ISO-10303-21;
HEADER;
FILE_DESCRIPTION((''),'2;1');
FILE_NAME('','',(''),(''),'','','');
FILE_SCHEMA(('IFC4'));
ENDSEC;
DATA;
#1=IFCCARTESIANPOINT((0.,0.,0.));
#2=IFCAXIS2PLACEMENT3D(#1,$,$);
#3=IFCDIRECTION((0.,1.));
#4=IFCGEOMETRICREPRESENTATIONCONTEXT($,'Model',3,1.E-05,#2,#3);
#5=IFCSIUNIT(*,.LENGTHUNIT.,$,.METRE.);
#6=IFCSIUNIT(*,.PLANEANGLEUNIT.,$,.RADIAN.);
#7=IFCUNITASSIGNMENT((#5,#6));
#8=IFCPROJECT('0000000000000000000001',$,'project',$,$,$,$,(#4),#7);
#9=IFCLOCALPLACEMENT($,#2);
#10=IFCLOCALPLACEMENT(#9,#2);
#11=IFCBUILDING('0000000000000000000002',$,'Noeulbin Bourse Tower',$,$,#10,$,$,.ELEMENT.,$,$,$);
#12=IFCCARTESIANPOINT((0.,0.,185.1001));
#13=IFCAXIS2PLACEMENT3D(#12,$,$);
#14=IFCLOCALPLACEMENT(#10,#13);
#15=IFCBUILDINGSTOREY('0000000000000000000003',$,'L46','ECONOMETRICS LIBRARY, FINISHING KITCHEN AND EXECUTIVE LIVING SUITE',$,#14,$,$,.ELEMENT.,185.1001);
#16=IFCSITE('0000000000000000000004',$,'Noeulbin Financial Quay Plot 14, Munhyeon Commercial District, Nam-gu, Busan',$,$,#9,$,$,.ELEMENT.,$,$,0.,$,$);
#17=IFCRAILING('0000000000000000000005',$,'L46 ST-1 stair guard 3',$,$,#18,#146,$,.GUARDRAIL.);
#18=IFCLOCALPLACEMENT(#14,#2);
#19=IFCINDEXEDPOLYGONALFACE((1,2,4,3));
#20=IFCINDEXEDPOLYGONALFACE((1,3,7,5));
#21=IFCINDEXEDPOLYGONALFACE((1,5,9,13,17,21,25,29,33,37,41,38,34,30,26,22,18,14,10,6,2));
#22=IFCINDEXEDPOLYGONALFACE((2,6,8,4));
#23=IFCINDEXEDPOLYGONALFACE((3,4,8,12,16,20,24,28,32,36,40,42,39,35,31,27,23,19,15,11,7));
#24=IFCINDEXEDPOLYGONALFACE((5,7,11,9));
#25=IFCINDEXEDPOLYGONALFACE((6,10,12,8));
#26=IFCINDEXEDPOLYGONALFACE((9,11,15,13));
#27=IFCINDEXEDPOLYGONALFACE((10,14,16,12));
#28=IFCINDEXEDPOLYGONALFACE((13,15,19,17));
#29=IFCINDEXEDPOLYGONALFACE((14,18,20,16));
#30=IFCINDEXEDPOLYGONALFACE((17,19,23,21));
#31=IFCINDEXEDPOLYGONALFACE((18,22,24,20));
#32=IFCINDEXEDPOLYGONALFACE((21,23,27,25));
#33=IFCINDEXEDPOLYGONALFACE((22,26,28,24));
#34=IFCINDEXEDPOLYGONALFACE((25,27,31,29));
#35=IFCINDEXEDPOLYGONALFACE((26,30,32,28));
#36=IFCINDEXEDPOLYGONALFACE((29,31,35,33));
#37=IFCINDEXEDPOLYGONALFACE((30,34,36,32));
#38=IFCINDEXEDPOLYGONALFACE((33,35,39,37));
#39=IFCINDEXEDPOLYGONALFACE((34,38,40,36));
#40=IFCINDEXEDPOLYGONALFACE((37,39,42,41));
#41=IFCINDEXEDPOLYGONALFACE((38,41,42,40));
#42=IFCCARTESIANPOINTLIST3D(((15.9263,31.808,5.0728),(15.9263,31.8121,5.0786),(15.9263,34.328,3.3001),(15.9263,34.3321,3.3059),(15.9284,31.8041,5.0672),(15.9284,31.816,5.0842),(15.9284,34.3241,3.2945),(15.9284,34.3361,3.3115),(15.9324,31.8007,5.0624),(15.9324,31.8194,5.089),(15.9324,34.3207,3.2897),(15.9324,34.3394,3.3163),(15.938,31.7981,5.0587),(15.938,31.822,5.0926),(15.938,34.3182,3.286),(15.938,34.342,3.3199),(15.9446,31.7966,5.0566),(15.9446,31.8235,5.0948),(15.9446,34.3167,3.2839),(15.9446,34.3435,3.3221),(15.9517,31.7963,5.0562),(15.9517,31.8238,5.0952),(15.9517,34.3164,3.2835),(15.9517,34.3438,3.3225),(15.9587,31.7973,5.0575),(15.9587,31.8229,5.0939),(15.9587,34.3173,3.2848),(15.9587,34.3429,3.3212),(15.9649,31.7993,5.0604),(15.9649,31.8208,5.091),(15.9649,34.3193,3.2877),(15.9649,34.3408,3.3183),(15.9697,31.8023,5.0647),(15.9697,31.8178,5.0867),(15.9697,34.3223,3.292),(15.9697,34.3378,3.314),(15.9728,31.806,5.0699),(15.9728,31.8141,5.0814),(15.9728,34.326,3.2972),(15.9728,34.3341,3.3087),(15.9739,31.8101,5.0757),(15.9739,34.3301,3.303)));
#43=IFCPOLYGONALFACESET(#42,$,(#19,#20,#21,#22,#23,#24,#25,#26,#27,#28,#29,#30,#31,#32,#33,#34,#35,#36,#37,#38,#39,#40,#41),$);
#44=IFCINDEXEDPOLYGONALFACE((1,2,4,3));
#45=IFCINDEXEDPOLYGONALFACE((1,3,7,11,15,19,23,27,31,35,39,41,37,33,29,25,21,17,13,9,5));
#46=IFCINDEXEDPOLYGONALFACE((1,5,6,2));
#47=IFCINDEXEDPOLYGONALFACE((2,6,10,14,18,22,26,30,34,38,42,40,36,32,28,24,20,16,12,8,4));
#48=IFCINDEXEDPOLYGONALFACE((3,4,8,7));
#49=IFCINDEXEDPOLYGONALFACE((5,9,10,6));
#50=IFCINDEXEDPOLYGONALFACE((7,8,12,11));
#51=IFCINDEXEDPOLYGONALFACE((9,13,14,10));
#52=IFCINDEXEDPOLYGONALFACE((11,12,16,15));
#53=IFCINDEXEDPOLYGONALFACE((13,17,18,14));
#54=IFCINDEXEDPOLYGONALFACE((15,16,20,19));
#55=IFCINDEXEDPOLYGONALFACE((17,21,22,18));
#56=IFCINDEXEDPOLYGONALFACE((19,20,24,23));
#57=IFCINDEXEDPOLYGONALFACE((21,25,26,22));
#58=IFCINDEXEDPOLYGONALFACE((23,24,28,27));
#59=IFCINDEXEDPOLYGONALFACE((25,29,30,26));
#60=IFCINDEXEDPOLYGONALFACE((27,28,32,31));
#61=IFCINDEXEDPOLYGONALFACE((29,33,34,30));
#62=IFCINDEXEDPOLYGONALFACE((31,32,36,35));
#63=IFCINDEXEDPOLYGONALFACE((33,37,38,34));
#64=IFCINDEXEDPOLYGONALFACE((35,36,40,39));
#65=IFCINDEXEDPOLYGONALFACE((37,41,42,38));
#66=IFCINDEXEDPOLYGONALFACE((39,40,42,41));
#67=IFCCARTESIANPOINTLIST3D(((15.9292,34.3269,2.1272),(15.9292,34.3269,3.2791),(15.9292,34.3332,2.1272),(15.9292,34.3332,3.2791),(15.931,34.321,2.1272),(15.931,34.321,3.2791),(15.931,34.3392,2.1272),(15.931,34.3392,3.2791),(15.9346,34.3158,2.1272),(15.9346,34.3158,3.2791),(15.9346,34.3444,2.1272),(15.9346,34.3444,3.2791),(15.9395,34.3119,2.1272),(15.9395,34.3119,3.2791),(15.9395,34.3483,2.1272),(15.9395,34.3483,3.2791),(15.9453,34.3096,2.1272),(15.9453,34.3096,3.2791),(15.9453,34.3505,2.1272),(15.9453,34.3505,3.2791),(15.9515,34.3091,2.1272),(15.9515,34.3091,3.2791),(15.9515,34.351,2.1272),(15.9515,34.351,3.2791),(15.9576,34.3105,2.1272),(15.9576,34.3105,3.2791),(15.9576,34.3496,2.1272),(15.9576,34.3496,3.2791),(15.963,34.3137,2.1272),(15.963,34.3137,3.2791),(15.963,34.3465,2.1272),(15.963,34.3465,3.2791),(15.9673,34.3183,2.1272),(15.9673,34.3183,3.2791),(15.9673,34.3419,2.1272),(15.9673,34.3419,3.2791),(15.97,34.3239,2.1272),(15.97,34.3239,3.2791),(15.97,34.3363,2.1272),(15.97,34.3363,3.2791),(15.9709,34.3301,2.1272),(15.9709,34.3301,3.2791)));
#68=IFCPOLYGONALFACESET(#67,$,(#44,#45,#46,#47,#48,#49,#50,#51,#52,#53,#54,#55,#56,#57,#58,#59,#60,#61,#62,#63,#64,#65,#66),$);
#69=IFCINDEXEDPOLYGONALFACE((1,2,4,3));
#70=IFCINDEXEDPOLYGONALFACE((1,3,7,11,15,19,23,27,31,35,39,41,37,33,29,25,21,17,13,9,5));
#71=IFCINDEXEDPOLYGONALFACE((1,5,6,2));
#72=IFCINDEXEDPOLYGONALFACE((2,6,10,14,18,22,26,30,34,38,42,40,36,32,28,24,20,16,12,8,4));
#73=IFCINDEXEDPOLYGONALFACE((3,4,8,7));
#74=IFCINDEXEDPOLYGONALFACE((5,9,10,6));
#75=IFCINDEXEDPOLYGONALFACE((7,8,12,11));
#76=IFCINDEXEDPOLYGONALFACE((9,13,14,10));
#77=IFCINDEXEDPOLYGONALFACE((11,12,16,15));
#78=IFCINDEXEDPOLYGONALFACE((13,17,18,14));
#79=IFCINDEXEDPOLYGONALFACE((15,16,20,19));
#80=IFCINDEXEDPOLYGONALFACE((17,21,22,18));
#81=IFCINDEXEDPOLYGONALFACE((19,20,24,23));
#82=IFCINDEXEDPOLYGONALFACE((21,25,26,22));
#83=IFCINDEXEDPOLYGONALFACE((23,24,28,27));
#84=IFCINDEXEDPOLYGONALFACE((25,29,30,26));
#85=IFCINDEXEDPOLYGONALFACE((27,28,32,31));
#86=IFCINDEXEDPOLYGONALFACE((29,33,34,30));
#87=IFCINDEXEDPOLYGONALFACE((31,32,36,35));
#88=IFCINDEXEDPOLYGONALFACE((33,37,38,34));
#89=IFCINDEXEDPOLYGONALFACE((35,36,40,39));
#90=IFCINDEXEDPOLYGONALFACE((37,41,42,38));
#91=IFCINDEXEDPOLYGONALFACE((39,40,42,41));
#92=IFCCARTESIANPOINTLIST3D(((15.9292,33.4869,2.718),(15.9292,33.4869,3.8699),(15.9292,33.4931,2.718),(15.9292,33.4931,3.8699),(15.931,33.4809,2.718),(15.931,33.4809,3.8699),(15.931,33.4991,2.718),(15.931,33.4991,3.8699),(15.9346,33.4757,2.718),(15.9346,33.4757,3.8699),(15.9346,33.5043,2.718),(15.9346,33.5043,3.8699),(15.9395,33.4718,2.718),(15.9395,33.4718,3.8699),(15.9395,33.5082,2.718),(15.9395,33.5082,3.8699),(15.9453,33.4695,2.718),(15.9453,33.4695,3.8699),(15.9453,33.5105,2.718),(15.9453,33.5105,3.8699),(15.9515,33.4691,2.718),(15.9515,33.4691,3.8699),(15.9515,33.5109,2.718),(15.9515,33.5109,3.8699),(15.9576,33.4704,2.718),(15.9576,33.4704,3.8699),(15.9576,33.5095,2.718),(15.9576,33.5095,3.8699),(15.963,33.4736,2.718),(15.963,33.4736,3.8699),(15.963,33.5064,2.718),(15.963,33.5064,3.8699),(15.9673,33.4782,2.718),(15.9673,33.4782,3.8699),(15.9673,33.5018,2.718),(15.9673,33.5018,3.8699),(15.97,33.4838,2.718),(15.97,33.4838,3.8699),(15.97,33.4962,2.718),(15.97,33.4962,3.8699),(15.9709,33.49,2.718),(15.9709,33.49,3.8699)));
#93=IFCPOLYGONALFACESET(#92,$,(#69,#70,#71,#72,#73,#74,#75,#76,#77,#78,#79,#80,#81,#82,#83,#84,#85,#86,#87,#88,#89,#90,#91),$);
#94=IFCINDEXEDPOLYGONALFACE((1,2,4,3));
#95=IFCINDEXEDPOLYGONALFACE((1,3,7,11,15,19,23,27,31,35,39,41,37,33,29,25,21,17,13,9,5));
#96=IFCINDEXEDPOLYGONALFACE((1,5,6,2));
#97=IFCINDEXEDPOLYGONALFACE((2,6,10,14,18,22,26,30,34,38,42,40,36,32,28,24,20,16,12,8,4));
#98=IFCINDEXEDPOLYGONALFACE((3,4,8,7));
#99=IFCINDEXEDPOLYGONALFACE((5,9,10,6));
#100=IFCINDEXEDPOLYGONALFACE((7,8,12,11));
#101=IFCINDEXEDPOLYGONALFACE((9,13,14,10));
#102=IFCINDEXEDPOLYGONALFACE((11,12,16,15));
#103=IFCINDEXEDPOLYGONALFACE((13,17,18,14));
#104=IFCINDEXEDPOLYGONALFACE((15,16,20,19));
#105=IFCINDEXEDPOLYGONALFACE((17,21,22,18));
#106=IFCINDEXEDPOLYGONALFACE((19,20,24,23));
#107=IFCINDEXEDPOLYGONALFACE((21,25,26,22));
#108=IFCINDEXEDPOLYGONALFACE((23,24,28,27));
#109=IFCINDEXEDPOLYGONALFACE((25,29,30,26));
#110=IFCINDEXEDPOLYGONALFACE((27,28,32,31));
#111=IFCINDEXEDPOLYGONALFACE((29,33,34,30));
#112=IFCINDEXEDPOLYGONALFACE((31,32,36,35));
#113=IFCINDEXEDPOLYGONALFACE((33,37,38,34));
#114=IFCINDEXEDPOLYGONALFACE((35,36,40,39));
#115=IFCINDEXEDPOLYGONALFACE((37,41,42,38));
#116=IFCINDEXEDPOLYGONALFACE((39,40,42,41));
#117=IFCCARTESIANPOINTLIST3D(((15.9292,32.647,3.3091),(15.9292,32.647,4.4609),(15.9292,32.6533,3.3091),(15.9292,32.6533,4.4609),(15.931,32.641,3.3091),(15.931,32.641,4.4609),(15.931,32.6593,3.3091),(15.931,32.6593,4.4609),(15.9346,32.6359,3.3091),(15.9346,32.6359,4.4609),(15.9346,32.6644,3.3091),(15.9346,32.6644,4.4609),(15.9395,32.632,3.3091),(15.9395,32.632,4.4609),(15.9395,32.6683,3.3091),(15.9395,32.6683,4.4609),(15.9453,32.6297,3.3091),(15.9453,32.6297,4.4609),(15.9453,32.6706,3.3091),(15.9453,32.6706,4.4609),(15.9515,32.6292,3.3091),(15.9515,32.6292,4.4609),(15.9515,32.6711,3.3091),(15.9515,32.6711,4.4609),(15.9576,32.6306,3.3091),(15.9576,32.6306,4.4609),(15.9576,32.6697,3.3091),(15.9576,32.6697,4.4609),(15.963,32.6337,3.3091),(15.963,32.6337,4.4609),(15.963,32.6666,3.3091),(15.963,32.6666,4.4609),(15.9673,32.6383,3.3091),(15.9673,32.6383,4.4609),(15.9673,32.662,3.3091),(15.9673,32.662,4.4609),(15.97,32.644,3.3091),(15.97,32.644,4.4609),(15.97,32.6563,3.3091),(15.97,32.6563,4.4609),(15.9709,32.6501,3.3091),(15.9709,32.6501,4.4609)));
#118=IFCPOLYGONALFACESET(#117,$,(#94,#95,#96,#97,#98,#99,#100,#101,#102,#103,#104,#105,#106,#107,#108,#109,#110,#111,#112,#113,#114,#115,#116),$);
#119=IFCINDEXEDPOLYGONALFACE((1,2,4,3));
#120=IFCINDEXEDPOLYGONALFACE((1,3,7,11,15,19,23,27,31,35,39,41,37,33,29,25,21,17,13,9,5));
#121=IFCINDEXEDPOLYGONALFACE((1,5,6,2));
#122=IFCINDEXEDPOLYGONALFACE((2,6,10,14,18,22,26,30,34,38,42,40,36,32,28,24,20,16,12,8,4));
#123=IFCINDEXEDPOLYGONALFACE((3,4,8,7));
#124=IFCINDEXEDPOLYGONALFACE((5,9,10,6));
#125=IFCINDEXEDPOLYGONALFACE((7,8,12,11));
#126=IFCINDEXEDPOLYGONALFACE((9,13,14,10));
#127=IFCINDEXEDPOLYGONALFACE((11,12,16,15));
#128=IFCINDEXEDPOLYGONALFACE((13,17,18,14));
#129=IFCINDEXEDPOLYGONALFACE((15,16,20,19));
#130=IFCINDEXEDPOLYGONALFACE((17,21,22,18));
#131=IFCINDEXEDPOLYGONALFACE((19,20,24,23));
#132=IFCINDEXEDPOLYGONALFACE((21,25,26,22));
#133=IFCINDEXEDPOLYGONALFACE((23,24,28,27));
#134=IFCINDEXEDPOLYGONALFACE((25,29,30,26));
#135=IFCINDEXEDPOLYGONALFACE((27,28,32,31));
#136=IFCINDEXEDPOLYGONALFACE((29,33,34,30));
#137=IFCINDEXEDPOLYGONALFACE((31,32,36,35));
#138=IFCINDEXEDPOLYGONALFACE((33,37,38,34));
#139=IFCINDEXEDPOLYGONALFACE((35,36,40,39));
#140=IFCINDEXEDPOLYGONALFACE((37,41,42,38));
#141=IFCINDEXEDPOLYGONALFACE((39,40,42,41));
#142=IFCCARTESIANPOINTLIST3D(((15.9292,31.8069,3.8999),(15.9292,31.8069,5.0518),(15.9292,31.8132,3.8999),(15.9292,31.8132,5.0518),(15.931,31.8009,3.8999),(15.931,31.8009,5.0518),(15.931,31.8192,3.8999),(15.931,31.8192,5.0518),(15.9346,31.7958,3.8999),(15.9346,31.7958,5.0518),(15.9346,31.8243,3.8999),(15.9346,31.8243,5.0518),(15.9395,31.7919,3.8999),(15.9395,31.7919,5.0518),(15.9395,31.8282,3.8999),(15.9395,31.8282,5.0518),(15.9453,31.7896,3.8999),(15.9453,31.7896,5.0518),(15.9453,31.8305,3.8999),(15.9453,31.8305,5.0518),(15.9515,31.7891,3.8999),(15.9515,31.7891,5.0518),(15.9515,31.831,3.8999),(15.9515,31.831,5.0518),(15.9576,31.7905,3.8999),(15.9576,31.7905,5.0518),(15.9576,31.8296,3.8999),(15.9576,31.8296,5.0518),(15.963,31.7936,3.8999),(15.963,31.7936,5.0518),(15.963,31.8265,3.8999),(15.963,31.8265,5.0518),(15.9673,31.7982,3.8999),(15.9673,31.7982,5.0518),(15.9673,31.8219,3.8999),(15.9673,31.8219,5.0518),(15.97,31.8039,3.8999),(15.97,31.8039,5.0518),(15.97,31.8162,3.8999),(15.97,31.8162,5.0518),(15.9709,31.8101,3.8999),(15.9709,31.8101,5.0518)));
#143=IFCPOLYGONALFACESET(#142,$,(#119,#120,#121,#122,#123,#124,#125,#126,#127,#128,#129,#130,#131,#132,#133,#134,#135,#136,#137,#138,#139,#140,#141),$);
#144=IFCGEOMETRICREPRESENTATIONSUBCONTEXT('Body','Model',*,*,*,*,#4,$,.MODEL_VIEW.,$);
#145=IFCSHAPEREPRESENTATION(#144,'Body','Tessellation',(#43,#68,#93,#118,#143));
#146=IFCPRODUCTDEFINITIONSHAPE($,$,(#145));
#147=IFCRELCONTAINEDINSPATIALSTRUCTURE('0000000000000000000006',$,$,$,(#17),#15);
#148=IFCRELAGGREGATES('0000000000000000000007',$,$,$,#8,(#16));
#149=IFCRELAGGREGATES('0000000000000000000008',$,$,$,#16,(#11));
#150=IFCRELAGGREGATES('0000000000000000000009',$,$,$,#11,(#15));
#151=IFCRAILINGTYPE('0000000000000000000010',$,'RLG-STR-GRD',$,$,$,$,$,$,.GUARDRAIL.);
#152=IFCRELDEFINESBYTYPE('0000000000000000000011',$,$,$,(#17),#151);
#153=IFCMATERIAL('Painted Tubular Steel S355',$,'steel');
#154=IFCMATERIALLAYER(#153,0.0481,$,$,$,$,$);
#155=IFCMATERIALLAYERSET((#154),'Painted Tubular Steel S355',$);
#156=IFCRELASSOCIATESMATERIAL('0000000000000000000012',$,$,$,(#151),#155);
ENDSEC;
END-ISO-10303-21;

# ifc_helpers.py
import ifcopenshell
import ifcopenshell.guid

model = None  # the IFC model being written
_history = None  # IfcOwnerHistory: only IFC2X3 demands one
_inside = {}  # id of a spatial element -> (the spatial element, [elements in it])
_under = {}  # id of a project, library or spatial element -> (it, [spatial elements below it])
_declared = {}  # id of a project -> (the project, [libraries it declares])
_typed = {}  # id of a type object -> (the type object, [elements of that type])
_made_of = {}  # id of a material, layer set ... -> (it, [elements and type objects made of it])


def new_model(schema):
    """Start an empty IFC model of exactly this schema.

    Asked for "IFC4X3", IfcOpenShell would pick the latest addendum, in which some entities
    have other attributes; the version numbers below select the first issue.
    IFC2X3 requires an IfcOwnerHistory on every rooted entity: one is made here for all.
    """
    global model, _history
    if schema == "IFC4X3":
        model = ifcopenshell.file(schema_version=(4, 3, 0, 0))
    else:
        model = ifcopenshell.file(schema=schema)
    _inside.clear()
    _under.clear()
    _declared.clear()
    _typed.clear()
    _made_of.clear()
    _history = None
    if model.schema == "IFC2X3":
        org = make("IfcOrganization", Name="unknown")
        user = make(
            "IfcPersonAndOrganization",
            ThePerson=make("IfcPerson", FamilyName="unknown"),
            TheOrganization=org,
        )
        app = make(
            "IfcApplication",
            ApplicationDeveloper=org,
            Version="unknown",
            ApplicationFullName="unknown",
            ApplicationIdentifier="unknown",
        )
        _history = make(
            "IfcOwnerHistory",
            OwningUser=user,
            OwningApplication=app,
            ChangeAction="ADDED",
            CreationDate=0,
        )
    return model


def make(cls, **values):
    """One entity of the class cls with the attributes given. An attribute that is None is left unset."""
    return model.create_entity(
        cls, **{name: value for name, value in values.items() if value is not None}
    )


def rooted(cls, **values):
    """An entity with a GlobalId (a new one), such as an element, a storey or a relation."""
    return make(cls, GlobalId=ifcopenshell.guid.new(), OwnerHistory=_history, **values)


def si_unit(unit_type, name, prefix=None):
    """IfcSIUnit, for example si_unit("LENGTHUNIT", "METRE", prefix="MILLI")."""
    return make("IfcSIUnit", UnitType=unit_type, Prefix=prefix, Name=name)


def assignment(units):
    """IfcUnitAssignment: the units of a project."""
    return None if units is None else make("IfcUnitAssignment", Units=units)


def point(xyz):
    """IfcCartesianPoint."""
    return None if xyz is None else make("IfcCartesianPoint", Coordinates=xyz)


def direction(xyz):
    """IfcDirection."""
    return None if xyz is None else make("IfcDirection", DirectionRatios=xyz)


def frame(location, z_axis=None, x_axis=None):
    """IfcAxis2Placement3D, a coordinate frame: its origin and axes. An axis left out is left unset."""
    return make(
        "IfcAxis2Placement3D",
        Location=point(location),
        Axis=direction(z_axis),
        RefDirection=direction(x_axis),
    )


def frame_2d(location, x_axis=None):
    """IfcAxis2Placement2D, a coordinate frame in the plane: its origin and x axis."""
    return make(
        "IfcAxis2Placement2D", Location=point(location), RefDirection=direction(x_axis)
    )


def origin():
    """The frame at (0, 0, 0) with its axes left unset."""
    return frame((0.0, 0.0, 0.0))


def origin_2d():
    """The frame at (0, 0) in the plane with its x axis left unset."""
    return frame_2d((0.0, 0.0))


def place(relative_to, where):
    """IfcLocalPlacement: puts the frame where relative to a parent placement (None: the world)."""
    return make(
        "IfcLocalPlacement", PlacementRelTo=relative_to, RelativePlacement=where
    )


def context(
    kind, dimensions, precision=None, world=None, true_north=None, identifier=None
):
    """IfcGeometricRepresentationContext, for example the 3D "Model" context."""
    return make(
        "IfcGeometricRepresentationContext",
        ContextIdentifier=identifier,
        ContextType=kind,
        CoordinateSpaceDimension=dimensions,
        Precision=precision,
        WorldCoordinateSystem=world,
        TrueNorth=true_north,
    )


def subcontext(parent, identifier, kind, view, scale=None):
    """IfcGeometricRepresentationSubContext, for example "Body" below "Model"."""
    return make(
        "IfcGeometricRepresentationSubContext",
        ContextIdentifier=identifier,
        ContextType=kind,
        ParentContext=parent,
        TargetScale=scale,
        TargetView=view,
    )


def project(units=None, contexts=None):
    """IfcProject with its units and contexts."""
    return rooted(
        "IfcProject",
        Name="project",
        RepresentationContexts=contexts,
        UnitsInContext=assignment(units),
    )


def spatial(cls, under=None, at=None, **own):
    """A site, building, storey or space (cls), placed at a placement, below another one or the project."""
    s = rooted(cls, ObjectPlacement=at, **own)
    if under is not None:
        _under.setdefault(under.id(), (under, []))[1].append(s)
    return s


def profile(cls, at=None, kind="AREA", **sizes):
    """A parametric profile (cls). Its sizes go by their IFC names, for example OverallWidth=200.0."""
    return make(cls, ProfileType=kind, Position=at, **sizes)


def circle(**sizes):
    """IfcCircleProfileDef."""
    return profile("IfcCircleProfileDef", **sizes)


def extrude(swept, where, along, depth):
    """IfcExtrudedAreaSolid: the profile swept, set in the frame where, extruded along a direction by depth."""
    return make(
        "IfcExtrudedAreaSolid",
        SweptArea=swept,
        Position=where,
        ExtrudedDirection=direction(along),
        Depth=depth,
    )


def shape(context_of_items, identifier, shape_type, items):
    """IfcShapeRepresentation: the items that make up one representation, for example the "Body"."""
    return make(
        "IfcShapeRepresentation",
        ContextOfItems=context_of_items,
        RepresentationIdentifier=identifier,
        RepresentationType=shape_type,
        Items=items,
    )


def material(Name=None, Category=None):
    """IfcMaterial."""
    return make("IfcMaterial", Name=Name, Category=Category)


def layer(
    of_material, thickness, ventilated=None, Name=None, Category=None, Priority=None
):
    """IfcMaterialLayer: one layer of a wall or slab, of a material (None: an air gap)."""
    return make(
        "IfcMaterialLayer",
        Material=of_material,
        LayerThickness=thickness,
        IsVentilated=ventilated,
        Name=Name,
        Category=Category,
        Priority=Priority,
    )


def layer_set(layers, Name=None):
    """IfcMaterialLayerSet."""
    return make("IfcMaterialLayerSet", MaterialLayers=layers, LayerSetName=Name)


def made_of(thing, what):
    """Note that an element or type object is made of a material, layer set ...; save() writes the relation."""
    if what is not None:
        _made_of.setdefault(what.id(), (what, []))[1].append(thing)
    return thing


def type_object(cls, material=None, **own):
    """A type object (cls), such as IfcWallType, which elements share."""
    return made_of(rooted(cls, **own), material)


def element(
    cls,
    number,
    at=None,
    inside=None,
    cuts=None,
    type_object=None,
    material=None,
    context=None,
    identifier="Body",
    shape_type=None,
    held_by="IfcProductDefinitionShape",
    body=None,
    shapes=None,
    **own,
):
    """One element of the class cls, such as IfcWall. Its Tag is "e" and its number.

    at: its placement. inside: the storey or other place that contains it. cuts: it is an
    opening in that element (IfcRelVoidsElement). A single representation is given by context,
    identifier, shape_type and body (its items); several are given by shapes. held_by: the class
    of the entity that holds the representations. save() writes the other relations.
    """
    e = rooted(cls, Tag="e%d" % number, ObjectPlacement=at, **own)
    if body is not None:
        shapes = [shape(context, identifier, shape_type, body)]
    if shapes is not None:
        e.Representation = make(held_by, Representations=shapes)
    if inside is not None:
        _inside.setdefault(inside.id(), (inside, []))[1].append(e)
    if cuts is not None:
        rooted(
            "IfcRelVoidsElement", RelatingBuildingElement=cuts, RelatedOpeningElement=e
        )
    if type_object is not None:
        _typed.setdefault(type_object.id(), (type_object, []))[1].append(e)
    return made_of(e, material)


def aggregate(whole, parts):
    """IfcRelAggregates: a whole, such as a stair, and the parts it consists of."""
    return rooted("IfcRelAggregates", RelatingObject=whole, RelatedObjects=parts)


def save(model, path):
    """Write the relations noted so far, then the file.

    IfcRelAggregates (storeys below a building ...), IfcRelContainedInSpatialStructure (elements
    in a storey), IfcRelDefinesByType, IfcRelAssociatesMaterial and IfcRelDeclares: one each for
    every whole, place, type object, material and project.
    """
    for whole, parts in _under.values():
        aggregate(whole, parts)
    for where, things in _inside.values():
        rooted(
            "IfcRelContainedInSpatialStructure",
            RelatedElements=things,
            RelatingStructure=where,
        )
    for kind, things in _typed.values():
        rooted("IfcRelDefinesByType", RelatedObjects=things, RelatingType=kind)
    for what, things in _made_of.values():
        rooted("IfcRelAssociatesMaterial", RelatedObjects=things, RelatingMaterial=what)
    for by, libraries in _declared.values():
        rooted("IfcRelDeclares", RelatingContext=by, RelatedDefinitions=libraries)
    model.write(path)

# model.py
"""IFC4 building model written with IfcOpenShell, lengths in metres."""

from ifc_helpers import new_model, si_unit, direction, frame, origin, origin_2d, place, context, subcontext, project, spatial, circle, extrude, material, layer, layer_set, type_object, element, save


model = new_model("IFC4")

# Units and contexts
model_context = context("Model", 3, precision=1e-05, world=origin(), true_north=direction((0.0, 1.0)))
body_context = subcontext(model_context, "Body", "Model", "MODEL_VIEW")
ifc_project = project(units=[si_unit("LENGTHUNIT", "METRE"), si_unit("PLANEANGLEUNIT", "RADIAN")], contexts=[model_context])

# Site, building, storey
site_placement = place(None, origin())
site = spatial("IfcSite", under=ifc_project, at=site_placement, Name="Noeulbin Financial Quay Plot 14, Munhyeon Commercial District, Nam-gu, Busan", CompositionType="ELEMENT", RefElevation=0.0)
building_placement = place(site_placement, origin())
building = spatial("IfcBuilding", under=site, at=building_placement, Name="Noeulbin Bourse Tower", CompositionType="ELEMENT")
storey_placement = place(building_placement, frame((0.0, 0.0, 185.1001)))
storey = spatial("IfcBuildingStorey", under=building, at=storey_placement, Name="L46", Description="ECONOMETRICS LIBRARY, FINISHING KITCHEN AND EXECUTIVE LIVING SUITE", CompositionType="ELEMENT", Elevation=185.1001)

# Railing
ifc_material_1 = material(Name="Painted Tubular Steel S355", Category="steel")
ifc_layer_1 = layer(ifc_material_1, 0.0481)
ifc_layer_set_1 = layer_set([ifc_layer_1], Name="Painted Tubular Steel S355")
railing_type_1 = type_object("IfcRailingType", Name="RLG-STR-GRD", PredefinedType="GUARDRAIL", material=ifc_layer_set_1)
railing_1_placement = place(storey_placement, frame((15.95, 34.3301, 2.1272)))
element("IfcRailing", 1, at=railing_1_placement, inside=storey, type_object=railing_type_1, Name="L46 ST-1 stair guard 3", PredefinedType="GUARDRAIL", context=body_context, shape_type="SweptSolid", body=[
    extrude(circle(Radius=0.0239, at=origin_2d()), frame((0.0, 0.0, 1.1758), z_axis=(0.0, -0.817904, 0.575354), x_axis=(1.0, 0.0, 0.0)), (0.0, 0.0, 1.0), 3.0811),
    extrude(circle(Radius=0.021, at=origin_2d()), origin(), (0.0, 0.0, 1.0), 1.1519),
    extrude(circle(Radius=0.021, at=origin_2d()), frame((0.0, -0.8401, 0.5908)), (0.0, 0.0, 1.0), 1.1519),
    extrude(circle(Radius=0.021, at=origin_2d()), frame((0.0, -1.6799, 1.1819)), (0.0, 0.0, 1.0), 1.1519),
    extrude(circle(Radius=0.021, at=origin_2d()), frame((0.0, -2.52, 1.7727)), (0.0, 0.0, 1.0), 1.1519),
])

save(model, "model.ifc")
